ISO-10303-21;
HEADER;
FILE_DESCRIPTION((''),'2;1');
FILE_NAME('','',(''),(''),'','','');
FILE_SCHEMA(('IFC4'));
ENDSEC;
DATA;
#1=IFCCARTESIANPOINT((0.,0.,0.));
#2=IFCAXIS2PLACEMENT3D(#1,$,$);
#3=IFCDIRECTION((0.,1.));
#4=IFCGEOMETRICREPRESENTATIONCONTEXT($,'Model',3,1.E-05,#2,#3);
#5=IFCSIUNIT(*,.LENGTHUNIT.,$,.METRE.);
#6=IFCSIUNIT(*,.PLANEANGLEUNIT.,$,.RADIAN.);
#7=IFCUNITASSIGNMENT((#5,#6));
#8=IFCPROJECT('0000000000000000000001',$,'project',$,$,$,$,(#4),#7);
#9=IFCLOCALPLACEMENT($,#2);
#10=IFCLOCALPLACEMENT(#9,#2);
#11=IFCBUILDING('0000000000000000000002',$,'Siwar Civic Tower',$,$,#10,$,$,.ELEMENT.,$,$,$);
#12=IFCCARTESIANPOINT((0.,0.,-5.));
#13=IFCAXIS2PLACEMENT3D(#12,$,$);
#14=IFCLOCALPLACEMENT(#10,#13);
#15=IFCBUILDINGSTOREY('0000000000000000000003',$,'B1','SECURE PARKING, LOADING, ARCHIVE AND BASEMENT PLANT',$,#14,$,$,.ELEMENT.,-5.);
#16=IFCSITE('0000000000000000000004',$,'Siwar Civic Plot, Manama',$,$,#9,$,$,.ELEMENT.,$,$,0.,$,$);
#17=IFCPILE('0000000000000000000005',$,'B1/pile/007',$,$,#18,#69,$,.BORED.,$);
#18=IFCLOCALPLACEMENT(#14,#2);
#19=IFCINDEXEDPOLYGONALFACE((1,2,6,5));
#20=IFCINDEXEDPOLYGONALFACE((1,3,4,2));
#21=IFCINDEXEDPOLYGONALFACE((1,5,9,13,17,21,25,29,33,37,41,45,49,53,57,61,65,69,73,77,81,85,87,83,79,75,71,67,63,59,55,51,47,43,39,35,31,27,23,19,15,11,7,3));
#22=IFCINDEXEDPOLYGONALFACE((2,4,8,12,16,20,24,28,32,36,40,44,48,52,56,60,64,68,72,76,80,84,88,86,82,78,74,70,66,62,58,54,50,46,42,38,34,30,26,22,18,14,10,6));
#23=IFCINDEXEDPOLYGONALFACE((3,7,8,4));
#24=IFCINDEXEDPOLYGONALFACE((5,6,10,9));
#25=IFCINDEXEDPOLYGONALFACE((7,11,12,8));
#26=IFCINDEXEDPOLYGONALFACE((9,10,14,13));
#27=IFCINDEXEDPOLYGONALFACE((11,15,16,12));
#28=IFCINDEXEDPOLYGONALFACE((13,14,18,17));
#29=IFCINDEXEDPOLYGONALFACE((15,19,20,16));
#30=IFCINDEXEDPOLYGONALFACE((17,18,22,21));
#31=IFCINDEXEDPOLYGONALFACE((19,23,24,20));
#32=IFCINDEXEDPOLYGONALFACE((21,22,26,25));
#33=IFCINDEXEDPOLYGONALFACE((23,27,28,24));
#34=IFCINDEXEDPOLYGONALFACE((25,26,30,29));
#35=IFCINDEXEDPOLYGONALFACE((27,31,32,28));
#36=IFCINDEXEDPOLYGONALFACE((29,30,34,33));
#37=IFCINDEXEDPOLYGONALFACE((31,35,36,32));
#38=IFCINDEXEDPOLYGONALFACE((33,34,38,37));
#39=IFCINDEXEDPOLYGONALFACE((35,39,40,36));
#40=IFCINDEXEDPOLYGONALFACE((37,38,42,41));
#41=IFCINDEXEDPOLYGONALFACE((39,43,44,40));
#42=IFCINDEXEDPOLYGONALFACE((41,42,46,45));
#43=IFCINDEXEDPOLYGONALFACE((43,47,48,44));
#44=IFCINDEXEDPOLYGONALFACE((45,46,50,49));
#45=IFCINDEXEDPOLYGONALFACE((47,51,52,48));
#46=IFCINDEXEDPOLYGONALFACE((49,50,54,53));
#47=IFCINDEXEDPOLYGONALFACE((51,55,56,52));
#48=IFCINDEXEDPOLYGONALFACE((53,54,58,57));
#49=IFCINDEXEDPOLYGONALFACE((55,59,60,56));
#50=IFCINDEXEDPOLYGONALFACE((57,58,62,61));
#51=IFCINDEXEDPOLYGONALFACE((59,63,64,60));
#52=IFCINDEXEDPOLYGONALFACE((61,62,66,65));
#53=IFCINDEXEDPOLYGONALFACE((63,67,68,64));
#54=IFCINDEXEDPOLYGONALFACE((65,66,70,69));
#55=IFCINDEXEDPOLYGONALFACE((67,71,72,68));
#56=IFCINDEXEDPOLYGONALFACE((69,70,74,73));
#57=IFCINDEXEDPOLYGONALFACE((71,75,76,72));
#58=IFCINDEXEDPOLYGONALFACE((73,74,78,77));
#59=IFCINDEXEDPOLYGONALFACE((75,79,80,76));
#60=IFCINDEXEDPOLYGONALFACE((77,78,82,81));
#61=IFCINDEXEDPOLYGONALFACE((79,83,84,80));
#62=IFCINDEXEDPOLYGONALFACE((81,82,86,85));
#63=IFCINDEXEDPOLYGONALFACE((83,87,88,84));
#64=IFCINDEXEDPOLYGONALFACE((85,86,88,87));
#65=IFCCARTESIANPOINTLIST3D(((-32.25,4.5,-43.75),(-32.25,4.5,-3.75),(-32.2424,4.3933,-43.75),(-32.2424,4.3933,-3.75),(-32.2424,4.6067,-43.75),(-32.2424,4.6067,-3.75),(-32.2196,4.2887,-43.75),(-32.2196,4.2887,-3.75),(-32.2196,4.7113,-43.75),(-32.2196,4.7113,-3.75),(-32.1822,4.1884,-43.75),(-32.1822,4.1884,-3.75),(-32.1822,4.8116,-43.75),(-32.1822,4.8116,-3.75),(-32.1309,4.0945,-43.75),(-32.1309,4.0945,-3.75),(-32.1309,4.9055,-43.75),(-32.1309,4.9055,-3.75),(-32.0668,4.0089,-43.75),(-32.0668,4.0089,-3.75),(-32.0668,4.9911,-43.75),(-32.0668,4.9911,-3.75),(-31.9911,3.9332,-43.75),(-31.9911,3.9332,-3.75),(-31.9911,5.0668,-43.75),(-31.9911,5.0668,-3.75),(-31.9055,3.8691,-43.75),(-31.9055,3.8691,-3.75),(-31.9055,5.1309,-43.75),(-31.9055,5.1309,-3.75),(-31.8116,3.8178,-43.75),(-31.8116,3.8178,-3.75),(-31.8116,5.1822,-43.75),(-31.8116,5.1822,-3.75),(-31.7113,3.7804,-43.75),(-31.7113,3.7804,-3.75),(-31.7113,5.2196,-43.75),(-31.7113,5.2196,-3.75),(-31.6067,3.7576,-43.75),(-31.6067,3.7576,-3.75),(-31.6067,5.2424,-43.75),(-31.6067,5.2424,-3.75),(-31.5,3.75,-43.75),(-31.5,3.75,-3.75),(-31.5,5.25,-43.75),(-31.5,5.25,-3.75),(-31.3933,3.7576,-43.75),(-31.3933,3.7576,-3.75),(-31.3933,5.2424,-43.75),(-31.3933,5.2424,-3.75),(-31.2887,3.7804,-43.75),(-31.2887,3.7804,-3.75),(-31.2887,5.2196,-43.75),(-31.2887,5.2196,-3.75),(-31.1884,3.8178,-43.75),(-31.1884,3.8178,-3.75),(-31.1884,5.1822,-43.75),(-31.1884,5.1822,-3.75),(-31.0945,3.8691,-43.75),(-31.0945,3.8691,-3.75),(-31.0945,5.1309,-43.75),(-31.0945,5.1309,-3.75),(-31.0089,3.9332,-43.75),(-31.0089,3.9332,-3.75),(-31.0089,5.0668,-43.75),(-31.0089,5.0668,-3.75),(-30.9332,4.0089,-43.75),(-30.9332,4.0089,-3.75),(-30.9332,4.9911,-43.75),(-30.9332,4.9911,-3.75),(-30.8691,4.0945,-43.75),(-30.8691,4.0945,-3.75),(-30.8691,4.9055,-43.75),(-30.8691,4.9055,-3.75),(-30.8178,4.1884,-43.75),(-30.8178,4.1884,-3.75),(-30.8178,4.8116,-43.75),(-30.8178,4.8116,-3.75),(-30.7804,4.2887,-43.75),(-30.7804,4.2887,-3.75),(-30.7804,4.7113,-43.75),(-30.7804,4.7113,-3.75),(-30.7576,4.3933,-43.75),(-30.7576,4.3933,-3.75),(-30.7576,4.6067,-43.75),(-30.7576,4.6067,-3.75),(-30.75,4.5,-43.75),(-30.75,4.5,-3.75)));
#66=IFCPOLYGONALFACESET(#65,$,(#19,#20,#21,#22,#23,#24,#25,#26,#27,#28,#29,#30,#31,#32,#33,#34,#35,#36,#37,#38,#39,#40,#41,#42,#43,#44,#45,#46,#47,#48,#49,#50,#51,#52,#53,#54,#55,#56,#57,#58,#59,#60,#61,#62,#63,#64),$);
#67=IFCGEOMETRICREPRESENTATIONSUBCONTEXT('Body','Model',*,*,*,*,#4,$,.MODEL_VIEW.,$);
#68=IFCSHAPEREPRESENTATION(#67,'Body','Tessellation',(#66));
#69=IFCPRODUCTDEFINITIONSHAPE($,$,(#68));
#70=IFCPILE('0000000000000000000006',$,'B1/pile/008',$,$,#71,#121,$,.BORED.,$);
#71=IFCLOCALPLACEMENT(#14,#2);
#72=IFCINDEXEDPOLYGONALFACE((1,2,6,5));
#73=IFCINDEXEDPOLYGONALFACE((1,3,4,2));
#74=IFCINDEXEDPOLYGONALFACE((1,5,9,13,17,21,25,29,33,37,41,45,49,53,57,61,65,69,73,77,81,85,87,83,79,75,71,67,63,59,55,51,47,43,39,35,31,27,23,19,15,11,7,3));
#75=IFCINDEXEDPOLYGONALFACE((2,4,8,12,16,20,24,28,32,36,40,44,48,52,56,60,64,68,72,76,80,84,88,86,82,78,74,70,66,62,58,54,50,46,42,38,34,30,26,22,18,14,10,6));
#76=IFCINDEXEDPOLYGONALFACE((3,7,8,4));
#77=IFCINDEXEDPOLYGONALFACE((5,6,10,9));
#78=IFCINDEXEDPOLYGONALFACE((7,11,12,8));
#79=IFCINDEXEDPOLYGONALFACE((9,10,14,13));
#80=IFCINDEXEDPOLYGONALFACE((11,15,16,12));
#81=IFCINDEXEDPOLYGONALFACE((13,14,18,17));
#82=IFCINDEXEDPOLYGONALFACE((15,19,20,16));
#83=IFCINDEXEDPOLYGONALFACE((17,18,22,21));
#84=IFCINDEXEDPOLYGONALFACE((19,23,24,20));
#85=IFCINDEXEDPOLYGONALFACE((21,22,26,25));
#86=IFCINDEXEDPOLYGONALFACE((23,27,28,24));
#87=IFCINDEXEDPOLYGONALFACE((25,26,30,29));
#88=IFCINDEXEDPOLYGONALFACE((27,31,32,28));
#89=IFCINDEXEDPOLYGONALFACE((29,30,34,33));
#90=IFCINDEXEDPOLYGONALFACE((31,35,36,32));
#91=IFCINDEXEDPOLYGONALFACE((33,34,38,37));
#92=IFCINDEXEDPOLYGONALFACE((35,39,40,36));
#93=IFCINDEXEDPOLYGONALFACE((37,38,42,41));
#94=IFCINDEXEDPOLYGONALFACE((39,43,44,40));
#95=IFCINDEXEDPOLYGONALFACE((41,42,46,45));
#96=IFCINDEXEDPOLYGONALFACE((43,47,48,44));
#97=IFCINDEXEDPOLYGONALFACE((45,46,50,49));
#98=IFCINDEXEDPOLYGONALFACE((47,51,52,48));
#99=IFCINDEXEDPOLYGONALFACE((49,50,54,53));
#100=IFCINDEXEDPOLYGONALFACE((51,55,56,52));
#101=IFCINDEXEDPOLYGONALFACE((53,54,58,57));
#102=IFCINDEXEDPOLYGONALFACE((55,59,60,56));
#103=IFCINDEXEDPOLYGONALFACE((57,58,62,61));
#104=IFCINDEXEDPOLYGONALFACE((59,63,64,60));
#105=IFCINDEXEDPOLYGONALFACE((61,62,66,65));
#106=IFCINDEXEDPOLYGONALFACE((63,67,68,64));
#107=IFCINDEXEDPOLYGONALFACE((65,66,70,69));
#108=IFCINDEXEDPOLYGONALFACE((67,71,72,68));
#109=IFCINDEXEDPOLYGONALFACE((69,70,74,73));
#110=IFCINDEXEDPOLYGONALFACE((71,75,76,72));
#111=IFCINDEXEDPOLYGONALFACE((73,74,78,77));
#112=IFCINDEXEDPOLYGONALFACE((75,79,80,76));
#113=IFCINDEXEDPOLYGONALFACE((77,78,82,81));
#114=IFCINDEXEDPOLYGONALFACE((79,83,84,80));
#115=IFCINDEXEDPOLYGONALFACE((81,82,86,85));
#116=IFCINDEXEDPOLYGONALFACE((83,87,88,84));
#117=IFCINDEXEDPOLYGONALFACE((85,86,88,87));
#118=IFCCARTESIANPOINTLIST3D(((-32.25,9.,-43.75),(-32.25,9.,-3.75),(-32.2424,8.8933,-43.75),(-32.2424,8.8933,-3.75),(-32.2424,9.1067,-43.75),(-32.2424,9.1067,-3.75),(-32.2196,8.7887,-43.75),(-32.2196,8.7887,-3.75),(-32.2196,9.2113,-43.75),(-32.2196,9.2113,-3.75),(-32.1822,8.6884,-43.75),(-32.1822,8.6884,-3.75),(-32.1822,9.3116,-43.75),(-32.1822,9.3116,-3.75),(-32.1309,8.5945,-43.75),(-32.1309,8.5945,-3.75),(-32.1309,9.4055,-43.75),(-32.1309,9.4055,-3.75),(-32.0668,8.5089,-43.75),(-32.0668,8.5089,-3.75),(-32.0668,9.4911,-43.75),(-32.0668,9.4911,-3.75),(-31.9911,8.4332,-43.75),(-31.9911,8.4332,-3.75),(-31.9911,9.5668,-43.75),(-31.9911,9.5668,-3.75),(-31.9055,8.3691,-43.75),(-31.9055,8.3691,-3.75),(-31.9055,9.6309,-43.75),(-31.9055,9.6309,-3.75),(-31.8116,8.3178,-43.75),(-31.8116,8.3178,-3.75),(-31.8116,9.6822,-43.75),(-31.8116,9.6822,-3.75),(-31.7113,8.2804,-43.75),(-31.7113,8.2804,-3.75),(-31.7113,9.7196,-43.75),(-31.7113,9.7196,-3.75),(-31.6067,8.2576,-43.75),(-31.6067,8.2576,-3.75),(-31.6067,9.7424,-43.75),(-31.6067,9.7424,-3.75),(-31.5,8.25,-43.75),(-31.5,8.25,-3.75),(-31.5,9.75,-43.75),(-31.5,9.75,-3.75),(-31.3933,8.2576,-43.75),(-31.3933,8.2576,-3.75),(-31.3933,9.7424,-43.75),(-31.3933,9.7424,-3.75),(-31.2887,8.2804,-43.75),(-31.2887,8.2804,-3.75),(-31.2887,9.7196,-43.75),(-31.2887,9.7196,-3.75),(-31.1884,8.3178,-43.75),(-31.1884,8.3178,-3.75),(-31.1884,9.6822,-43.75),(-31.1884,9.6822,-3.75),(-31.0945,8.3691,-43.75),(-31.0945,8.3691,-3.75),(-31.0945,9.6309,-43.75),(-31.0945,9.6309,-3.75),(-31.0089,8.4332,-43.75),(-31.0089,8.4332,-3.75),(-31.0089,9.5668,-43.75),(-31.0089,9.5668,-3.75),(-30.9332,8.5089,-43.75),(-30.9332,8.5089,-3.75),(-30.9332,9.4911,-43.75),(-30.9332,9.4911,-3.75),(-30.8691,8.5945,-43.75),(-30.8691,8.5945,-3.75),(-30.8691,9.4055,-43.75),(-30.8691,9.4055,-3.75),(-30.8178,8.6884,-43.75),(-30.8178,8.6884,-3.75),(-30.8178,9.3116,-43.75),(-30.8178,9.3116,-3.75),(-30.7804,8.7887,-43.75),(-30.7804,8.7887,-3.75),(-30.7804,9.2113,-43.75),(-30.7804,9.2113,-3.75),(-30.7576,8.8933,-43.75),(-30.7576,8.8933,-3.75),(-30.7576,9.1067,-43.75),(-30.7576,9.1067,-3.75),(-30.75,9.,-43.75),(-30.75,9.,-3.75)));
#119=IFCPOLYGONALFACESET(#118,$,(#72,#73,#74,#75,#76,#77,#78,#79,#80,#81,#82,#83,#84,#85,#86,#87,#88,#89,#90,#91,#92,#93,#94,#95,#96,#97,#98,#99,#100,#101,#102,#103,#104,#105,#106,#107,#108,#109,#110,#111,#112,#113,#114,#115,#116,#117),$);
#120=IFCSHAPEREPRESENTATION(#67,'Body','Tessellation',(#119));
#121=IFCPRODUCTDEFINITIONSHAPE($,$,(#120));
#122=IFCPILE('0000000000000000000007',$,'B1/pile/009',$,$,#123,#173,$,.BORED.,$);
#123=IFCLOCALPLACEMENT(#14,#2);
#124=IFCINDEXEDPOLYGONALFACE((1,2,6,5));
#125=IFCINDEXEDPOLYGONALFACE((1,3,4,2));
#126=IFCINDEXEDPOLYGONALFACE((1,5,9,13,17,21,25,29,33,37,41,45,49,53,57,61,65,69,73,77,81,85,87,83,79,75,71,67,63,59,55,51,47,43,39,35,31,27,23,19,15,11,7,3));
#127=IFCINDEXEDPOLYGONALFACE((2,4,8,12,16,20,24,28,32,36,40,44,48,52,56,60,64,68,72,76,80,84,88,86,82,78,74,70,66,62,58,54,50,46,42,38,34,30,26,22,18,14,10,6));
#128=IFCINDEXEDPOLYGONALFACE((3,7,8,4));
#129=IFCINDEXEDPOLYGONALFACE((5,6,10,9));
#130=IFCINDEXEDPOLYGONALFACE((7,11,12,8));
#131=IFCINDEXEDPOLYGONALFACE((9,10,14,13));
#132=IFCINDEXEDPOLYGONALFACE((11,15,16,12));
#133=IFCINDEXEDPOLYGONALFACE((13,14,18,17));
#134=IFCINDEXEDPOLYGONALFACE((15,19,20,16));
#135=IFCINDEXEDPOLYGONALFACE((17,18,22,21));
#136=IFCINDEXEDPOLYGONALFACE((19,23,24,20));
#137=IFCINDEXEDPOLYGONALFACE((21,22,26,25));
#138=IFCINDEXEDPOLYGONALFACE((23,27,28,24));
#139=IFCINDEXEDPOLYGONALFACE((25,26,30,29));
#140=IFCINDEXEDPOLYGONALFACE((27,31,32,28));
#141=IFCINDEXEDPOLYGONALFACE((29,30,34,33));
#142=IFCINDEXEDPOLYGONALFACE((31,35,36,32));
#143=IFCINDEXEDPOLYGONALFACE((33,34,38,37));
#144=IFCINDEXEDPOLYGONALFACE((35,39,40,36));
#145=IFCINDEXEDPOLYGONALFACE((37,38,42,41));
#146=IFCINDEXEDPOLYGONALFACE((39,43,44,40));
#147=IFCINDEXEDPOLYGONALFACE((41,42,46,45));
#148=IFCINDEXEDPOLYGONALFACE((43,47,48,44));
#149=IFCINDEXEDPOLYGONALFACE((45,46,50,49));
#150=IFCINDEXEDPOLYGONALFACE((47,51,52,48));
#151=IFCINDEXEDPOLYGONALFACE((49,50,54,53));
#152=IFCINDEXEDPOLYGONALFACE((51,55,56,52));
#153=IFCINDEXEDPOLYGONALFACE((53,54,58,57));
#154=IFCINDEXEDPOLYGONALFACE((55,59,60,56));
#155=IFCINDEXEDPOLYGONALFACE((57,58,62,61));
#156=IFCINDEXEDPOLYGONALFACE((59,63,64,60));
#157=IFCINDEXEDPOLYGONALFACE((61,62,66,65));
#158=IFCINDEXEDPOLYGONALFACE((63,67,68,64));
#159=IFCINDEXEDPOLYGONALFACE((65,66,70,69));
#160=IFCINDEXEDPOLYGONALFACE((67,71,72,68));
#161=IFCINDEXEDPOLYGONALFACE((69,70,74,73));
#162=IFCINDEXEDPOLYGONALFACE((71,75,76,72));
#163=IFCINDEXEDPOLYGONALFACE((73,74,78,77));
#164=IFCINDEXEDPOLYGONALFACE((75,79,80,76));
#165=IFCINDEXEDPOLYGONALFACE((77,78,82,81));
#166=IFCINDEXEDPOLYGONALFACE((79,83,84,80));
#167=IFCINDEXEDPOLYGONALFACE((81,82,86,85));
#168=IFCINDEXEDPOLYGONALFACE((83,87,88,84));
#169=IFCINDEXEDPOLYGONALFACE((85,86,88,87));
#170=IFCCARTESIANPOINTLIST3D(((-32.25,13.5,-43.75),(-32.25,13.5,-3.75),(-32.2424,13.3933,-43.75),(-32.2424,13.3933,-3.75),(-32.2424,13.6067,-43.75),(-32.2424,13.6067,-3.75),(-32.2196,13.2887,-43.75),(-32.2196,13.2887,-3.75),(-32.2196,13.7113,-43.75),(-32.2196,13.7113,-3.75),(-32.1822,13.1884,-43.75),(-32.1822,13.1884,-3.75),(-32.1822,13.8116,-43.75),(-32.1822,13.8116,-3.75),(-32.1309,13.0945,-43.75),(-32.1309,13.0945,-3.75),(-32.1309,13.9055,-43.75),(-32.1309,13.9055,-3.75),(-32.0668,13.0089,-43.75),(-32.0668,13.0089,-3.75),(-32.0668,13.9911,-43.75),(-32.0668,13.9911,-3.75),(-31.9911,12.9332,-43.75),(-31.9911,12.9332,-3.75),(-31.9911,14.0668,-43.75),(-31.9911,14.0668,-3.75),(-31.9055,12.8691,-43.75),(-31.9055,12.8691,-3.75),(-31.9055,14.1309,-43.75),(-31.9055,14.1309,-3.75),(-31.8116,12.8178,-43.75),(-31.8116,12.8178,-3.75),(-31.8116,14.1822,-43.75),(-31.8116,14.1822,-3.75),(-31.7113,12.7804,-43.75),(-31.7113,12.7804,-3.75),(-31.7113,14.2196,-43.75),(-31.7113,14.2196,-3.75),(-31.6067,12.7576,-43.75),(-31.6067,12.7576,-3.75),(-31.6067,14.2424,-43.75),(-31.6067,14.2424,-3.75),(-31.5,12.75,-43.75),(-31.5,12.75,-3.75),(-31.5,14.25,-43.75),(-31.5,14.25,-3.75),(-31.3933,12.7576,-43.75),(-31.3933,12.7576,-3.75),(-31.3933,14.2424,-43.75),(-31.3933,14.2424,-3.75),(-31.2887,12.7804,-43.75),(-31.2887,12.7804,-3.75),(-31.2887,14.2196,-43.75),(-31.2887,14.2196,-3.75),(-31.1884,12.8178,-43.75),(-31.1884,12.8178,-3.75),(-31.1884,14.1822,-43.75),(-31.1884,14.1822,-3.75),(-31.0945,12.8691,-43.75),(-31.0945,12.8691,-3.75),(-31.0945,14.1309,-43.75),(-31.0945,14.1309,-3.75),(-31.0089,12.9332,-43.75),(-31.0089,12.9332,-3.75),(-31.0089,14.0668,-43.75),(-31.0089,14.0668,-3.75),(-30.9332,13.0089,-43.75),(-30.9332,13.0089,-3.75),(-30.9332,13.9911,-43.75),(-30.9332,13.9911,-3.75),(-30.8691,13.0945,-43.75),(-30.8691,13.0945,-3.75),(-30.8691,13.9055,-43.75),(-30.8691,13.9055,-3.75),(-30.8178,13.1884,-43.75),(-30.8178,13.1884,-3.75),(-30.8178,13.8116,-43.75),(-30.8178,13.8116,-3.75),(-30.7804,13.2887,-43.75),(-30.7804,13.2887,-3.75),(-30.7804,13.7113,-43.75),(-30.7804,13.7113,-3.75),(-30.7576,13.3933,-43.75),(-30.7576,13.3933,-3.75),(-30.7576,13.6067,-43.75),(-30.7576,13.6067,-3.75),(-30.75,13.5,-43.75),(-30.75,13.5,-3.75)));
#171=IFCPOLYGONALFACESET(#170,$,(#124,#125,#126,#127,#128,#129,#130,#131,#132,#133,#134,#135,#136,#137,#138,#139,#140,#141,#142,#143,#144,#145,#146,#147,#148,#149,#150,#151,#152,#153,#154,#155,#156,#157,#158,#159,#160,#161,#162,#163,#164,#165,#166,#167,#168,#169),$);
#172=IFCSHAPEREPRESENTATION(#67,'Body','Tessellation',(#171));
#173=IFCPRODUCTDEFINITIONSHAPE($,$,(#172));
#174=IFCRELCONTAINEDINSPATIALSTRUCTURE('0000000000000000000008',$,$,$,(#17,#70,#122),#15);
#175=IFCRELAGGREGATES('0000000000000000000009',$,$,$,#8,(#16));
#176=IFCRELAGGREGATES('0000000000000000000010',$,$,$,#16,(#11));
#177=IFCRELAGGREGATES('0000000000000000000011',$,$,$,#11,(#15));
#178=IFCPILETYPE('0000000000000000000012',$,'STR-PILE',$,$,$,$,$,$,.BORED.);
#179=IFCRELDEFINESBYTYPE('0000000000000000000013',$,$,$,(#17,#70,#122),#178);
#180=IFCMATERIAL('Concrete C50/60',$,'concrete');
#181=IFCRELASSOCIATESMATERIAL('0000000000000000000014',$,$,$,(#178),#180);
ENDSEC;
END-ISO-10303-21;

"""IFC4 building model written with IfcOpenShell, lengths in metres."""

from ifc_helpers import new_model, si_unit, direction, frame, origin, origin_2d, place, context, subcontext, project, spatial, circle, extrude, material, material_profile, profile_set, type_object, element, save


model = new_model("IFC4")

# Units and contexts
model_context = context("Model", 3, precision=1e-05, world=origin(), true_north=direction((0.0, 1.0)))
body_context = subcontext(model_context, "Body", "Model", "MODEL_VIEW")
ifc_project = project(units=[si_unit("LENGTHUNIT", "METRE"), si_unit("PLANEANGLEUNIT", "RADIAN")], contexts=[model_context])

# Site, building, storey
site_placement = place(None, origin())
site = spatial("IfcSite", under=ifc_project, at=site_placement, Name="Siwar Civic Plot, Manama", CompositionType="ELEMENT", RefElevation=0.0)
building_placement = place(site_placement, origin())
building = spatial("IfcBuilding", under=site, at=building_placement, Name="Siwar Civic Tower", CompositionType="ELEMENT")
storey_placement = place(building_placement, frame((0.0, 0.0, -5.0)))
storey = spatial("IfcBuildingStorey", under=building, at=storey_placement, Name="B1", Description="SECURE PARKING, LOADING, ARCHIVE AND BASEMENT PLANT", CompositionType="ELEMENT", Elevation=-5.0)

# Piles
ifc_material_1 = material(Name="Concrete C50/60", Category="concrete")
ifc_material_profile_1 = material_profile(ifc_material_1, circle(Radius=0.75, at=origin_2d()), Name="PILE1500")
ifc_profile_set_1 = profile_set([ifc_material_profile_1], Name="Concrete C50/60")
pile_type = type_object("IfcPileType", Name="STR-PILE", PredefinedType="BORED", material=ifc_profile_set_1)
for number, where, z_axis, x_axis, name in (
    (1, (-31.5, 4.5, -3.75), (0.0, 0.0, -1.0), (1.0, 0.0, 0.0), "B1/pile/007"),
    (2, (-31.5, 9.0, -3.75), (0.0, 0.0, -1.0), (1.0, 0.0, 0.0), "B1/pile/008"),
    (3, (-31.5, 13.5, -3.75), (0.0, 0.0, -1.0), (1.0, 0.0, 0.0), "B1/pile/009"),
):
    element("IfcPile", number, at=place(storey_placement, frame(where, z_axis=z_axis, x_axis=x_axis)), inside=storey, type_object=pile_type, Name=name, PredefinedType="BORED", context=body_context, shape_type="SweptSolid", body=[
        extrude(circle(Radius=0.75, at=origin_2d()), origin(), (0.0, 0.0, 1.0), 40.0),
    ])

save(model, "model.ifc")
